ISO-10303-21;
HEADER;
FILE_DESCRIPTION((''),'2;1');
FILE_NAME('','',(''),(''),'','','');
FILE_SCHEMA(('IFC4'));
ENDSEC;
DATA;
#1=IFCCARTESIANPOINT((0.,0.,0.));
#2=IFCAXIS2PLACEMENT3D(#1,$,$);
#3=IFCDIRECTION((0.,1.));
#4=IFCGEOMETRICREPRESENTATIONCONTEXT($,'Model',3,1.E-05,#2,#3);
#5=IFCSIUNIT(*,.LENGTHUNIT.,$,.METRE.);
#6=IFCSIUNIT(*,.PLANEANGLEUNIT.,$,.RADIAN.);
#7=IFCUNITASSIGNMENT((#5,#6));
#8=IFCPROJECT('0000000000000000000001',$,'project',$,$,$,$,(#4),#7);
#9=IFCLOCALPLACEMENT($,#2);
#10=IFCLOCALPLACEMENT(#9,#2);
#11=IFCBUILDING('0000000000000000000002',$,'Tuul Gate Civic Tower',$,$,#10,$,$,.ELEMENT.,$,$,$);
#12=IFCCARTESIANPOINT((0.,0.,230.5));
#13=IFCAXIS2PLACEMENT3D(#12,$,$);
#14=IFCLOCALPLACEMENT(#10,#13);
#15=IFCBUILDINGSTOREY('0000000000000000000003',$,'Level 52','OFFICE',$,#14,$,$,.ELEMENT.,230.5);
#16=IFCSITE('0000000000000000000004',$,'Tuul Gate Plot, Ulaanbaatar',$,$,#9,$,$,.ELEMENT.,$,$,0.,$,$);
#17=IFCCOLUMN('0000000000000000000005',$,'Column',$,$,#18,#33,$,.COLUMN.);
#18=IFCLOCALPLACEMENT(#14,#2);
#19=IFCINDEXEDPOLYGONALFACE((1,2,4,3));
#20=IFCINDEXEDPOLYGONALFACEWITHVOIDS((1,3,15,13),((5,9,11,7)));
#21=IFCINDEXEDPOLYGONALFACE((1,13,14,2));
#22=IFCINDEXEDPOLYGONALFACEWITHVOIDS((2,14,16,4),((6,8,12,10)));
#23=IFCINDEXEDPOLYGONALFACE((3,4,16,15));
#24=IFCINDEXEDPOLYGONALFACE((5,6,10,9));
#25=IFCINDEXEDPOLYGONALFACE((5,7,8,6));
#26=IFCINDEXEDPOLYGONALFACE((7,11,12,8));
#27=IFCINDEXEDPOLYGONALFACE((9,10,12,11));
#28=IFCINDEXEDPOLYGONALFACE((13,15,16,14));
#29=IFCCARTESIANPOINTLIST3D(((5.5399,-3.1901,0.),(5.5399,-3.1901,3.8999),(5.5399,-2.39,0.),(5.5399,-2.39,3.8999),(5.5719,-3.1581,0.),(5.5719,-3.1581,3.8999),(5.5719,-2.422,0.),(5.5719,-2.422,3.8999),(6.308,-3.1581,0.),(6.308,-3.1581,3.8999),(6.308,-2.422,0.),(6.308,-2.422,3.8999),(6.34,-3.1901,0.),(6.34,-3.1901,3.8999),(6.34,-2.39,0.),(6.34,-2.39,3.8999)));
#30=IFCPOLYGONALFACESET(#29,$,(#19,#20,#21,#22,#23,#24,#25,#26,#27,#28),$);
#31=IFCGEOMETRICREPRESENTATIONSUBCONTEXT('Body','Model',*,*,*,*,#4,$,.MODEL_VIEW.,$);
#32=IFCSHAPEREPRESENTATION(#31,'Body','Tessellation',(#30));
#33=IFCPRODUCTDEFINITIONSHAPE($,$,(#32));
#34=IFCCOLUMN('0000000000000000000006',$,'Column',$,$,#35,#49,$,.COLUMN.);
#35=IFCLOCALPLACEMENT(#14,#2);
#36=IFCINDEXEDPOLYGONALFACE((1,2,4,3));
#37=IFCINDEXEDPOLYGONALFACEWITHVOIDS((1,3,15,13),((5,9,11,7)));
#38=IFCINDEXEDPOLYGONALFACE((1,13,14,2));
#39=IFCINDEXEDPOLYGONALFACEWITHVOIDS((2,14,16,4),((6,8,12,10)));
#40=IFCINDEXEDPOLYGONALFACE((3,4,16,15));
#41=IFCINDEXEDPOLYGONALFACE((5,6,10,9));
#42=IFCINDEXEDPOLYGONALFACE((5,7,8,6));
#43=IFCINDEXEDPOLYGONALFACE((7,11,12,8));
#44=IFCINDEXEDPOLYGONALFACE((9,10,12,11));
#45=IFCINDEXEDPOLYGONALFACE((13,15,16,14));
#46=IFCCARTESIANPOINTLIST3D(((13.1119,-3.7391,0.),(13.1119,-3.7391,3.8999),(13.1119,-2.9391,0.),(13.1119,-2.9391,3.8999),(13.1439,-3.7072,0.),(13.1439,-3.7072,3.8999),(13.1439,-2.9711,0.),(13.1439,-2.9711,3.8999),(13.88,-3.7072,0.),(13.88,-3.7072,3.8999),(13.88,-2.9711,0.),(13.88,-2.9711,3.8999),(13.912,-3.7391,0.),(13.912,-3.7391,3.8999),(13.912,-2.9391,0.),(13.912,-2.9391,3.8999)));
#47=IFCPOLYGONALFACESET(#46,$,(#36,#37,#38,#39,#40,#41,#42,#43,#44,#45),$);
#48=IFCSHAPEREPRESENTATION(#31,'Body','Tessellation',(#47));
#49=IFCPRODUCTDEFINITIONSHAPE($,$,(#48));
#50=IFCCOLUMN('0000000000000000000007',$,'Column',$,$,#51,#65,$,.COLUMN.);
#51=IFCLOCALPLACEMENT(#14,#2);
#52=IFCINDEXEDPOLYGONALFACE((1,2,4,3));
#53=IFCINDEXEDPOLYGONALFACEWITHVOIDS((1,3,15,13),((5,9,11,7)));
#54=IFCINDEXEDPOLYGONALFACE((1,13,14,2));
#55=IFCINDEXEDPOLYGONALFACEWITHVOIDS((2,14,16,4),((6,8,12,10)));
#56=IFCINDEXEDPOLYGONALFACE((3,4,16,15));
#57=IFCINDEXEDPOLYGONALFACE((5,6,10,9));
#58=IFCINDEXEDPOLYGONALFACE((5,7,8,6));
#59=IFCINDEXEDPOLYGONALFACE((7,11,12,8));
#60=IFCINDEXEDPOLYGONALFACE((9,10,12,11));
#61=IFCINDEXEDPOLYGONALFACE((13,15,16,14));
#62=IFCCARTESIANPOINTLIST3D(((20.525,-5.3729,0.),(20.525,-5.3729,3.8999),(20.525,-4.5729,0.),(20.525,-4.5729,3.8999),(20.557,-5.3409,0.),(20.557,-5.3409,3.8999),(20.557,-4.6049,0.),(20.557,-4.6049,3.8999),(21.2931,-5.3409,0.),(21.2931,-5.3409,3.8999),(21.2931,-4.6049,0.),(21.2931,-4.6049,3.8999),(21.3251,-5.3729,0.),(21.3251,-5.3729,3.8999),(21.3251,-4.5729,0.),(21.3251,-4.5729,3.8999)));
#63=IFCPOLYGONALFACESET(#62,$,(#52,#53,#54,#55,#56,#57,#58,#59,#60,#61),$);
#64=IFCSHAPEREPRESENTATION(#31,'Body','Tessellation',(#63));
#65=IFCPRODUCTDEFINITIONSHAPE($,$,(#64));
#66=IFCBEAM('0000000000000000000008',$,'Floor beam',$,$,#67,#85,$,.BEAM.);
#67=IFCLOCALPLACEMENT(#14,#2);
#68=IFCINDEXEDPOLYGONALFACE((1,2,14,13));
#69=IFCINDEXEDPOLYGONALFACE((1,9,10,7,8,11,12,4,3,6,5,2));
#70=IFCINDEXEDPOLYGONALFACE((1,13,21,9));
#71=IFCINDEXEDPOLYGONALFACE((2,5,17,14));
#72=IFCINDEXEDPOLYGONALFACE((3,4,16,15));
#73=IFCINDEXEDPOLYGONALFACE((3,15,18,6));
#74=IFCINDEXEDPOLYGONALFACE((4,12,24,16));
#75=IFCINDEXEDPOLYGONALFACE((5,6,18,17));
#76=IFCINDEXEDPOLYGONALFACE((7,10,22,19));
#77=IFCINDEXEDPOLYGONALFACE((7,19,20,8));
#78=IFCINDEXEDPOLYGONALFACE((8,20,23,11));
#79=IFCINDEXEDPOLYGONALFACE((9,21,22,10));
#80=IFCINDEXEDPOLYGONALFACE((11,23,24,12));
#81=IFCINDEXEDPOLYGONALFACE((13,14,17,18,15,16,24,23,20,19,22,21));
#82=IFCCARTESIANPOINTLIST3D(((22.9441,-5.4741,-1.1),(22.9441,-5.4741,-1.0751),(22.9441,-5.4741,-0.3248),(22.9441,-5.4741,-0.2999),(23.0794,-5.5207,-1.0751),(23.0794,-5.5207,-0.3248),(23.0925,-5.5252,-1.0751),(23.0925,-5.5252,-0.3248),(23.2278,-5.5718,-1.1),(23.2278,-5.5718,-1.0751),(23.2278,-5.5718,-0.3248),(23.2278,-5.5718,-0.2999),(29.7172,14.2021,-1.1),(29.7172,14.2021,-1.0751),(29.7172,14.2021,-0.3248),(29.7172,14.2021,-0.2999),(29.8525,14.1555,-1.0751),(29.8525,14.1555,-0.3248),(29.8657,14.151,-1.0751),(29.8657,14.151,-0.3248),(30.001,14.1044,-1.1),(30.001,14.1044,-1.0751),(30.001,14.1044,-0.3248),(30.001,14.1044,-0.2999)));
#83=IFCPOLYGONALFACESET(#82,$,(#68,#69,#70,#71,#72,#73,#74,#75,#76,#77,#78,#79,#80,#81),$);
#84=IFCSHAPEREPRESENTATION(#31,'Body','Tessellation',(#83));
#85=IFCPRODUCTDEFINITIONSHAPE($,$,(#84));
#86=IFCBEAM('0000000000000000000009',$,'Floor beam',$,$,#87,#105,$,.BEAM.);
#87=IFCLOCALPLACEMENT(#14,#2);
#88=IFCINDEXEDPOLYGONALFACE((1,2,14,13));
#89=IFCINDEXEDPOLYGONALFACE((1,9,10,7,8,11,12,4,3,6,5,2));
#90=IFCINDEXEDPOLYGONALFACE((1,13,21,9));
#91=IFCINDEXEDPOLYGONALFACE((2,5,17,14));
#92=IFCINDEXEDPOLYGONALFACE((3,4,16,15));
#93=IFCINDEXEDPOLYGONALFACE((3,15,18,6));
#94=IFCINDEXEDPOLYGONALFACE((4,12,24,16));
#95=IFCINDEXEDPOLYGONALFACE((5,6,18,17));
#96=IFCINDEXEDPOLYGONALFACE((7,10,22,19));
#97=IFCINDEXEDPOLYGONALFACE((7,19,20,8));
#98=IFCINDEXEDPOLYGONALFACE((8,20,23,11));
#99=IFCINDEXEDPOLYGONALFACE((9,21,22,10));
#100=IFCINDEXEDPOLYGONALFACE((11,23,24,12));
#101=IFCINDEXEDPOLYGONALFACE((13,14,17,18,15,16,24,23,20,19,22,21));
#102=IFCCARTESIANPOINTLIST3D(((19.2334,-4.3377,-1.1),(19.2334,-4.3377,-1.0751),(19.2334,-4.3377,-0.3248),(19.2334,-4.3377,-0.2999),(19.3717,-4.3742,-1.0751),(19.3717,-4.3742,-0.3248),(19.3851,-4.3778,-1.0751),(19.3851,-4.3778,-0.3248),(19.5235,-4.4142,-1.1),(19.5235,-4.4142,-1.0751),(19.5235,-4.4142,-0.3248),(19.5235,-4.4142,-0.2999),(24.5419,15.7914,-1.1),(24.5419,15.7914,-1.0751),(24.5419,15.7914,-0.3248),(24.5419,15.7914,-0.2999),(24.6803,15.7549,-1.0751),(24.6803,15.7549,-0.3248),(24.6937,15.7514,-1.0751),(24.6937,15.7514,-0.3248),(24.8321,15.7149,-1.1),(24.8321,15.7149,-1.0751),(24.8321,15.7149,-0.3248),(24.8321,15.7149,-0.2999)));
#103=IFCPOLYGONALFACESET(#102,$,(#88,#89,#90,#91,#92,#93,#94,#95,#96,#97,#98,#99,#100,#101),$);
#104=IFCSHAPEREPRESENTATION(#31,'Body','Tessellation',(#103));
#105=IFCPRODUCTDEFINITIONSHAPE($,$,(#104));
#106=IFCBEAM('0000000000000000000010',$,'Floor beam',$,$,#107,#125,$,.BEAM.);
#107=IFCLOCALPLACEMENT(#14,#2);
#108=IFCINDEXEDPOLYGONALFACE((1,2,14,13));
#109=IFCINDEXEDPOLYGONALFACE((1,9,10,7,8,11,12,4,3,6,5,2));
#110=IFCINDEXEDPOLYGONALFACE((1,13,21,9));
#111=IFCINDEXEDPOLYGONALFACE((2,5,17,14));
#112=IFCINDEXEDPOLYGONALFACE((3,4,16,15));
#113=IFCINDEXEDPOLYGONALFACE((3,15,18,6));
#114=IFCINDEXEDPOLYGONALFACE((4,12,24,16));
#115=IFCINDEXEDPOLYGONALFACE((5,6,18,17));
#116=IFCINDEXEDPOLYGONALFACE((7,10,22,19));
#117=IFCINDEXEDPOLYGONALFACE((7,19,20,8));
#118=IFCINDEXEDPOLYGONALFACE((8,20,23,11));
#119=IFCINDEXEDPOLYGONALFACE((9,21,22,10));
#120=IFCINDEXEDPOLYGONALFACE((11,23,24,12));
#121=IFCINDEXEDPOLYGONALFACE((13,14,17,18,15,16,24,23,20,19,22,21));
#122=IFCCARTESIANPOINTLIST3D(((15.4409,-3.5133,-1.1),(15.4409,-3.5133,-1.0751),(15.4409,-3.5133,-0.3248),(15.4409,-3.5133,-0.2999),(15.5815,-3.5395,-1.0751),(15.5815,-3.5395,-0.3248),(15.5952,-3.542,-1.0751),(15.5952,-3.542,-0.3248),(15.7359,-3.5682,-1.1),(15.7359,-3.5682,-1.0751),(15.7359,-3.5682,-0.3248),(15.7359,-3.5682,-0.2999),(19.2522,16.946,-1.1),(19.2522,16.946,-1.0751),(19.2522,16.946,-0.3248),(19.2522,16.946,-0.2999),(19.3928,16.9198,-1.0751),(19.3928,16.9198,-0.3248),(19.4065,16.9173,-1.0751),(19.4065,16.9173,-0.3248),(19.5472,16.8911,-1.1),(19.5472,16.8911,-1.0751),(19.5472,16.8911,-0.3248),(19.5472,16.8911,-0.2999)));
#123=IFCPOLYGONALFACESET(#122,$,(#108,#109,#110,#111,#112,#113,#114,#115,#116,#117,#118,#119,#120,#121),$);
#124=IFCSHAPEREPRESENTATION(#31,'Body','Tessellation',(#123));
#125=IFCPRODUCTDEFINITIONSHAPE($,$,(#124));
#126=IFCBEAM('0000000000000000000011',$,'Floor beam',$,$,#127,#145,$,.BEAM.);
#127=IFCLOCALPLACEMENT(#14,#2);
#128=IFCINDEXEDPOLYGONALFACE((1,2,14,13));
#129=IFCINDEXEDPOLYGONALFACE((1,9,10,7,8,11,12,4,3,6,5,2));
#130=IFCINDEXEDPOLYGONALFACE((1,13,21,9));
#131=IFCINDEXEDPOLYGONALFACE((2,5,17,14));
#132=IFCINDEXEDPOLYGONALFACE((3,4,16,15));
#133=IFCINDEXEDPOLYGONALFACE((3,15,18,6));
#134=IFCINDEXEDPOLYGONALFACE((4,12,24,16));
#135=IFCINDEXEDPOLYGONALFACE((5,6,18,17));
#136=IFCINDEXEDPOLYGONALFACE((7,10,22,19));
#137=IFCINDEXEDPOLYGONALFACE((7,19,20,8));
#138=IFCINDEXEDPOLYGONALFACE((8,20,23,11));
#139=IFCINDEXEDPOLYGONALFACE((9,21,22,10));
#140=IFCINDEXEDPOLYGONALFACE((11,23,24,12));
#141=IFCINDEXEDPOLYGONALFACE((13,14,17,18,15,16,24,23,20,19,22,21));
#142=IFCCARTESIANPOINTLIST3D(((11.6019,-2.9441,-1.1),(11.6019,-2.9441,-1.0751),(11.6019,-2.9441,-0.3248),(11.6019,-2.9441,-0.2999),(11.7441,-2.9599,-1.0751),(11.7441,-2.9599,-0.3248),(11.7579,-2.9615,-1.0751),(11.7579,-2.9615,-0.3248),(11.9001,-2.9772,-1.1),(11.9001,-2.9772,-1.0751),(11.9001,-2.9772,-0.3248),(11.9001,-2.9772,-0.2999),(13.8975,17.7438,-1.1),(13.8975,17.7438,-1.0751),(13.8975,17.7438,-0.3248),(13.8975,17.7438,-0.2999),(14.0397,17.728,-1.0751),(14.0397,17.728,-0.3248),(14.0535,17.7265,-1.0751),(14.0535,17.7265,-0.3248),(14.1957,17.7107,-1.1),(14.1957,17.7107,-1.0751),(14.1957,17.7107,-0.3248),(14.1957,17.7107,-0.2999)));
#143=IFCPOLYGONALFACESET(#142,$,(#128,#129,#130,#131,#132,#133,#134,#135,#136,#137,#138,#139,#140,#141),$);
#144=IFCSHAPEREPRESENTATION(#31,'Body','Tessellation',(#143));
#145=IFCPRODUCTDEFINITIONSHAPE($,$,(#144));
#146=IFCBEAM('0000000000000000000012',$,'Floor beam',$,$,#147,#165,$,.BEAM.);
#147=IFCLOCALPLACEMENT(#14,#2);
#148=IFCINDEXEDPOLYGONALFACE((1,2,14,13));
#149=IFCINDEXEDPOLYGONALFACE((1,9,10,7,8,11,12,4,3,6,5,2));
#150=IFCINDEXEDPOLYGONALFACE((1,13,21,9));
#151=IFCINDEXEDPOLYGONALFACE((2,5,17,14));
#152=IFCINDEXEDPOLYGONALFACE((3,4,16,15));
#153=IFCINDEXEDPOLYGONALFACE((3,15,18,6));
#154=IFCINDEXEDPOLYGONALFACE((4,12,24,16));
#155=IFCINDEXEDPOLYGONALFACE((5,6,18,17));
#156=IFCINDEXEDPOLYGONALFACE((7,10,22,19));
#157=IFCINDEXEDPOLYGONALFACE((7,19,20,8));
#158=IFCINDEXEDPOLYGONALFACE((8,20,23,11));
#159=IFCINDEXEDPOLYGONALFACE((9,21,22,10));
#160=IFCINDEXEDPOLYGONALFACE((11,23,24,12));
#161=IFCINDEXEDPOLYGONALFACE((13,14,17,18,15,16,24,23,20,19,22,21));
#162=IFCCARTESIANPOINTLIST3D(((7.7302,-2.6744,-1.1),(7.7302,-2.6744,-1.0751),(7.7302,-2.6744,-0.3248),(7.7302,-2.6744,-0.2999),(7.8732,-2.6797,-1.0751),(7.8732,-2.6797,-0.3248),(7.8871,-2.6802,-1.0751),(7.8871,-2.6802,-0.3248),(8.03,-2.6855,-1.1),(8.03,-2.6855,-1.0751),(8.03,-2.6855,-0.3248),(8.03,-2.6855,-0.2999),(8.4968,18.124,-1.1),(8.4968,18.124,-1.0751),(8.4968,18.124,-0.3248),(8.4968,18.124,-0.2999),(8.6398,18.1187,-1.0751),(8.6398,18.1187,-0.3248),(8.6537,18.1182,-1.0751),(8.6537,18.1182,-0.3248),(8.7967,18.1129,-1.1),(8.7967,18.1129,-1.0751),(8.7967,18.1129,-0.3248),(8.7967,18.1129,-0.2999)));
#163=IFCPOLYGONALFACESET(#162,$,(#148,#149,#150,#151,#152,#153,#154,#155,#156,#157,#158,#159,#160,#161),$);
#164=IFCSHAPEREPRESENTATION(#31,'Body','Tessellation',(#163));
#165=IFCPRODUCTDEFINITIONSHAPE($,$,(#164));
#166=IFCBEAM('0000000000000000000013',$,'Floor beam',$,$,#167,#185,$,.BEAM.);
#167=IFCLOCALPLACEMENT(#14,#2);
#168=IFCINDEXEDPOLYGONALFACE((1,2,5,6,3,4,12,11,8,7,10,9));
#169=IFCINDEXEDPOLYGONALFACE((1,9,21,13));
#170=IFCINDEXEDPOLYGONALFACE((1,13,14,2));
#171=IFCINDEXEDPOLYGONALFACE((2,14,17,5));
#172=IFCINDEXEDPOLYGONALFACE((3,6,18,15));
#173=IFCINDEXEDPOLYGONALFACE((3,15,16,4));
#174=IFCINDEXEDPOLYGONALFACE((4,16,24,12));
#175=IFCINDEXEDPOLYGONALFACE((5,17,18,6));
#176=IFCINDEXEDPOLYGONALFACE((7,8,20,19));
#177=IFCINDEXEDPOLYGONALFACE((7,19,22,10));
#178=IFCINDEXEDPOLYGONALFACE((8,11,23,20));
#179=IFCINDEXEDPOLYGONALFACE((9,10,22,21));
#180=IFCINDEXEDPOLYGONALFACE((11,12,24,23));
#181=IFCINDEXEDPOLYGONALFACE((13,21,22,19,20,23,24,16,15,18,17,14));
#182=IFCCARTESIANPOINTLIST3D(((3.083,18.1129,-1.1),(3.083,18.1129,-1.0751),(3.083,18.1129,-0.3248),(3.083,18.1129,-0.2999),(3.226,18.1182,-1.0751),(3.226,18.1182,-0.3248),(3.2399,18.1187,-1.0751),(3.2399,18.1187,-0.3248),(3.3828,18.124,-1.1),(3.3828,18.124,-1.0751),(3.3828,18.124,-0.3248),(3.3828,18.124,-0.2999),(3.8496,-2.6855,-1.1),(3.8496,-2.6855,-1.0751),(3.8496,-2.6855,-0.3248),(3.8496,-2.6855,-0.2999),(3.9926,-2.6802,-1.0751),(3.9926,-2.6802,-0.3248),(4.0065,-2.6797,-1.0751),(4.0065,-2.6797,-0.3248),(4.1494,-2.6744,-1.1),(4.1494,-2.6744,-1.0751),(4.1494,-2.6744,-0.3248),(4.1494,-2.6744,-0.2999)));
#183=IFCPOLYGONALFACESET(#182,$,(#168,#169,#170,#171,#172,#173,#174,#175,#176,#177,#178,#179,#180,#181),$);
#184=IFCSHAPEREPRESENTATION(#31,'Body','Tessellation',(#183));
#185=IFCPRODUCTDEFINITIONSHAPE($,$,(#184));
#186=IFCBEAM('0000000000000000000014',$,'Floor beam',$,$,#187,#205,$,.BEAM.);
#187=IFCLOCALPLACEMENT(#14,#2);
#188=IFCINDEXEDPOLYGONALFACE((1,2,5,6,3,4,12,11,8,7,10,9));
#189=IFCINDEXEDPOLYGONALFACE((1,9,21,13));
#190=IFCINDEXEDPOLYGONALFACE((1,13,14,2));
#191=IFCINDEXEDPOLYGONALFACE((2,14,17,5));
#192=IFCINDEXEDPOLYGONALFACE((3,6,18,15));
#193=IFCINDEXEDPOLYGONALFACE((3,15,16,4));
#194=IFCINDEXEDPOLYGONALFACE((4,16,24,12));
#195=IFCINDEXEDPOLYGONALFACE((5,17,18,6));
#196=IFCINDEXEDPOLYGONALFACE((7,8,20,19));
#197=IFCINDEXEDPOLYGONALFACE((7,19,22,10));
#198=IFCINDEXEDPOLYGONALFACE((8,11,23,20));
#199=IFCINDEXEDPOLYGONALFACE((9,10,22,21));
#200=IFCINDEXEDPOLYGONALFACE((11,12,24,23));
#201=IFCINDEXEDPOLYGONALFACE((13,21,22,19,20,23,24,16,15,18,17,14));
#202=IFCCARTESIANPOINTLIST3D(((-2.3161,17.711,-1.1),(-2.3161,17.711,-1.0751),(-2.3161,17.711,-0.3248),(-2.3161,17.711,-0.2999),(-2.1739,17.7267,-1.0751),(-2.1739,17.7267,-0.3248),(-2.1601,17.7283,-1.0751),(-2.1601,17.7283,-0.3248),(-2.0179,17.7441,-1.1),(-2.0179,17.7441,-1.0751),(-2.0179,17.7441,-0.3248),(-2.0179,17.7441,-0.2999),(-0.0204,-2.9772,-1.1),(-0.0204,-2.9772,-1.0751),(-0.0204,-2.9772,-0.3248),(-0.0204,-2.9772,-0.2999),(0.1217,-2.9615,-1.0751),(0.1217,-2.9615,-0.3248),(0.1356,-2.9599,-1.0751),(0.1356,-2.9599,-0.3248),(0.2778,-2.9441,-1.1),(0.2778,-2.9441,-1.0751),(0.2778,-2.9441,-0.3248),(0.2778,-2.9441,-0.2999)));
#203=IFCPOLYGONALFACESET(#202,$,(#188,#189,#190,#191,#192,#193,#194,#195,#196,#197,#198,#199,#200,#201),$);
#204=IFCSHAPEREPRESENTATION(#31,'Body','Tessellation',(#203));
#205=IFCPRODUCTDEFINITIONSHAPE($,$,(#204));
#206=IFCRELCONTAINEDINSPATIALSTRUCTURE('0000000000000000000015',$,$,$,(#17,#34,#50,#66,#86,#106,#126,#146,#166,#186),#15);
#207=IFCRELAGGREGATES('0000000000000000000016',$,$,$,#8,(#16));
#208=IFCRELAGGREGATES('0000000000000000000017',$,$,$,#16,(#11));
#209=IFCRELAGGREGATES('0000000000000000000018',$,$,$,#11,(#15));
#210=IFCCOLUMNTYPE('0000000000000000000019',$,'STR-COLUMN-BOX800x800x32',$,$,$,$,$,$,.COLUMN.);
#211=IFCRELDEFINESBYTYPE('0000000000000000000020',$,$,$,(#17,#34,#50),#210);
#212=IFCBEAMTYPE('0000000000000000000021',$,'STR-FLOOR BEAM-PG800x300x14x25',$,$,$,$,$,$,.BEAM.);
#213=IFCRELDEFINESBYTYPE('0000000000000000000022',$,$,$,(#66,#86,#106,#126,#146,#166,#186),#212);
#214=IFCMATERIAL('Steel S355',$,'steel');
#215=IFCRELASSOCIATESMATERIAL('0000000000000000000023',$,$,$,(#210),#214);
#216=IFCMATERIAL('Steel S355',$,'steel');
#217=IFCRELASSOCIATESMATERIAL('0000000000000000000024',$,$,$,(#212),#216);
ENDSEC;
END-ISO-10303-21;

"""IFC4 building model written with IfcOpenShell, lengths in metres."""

from ifc_helpers import new_model, si_unit, direction, frame, origin, origin_2d, place, context, subcontext, project, spatial, hollow_rectangle, i_section, extrude, material, material_profile, profile_set, type_object, element, save


model = new_model("IFC4")

# Units and contexts
model_context = context("Model", 3, precision=1e-05, world=origin(), true_north=direction((0.0, 1.0)))
body_context = subcontext(model_context, "Body", "Model", "MODEL_VIEW")
ifc_project = project(units=[si_unit("LENGTHUNIT", "METRE"), si_unit("PLANEANGLEUNIT", "RADIAN")], contexts=[model_context])

# Site, building, storey
site_placement = place(None, origin())
site = spatial("IfcSite", under=ifc_project, at=site_placement, Name="Tuul Gate Plot, Ulaanbaatar", CompositionType="ELEMENT", RefElevation=0.0)
building_placement = place(site_placement, origin())
building = spatial("IfcBuilding", under=site, at=building_placement, Name="Tuul Gate Civic Tower", CompositionType="ELEMENT")
storey_placement = place(building_placement, frame((0.0, 0.0, 230.5)))
storey = spatial("IfcBuildingStorey", under=building, at=storey_placement, Name="Level 52", Description="OFFICE", CompositionType="ELEMENT", Elevation=230.5)

# Columns
ifc_material_1 = material(Name="Steel S355", Category="steel")
ifc_material_profile_1 = material_profile(ifc_material_1, hollow_rectangle(XDim=0.8, YDim=0.8, WallThickness=0.032, at=origin_2d()), Name="BOX800x800x32")
ifc_profile_set_1 = profile_set([ifc_material_profile_1], Name="Steel S355")
column_type = type_object("IfcColumnType", Name="STR-COLUMN-BOX800x800x32", PredefinedType="COLUMN", material=ifc_profile_set_1)
for number, where, z_axis, x_axis, name in (
    (1, (5.9399, -2.79, 0.0), (0.0, 0.0, 1.0), (1.0, 0.0, 0.0), "Column"),
    (2, (13.512, -3.3391, 0.0), (0.0, 0.0, 1.0), (1.0, 0.0, 0.0), "Column"),
    (3, (20.925, -4.9729, 0.0), (0.0, 0.0, 1.0), (1.0, 0.0, 0.0), "Column"),
):
    element("IfcColumn", number, at=place(storey_placement, frame(where, z_axis=z_axis, x_axis=x_axis)), inside=storey, type_object=column_type, Name=name, PredefinedType="COLUMN", context=body_context, shape_type="SweptSolid", body=[
        extrude(hollow_rectangle(XDim=0.8, YDim=0.8, WallThickness=0.032, at=origin_2d()), origin(), (0.0, 0.0, 1.0), 3.8999),
    ])

# Beams
ifc_material_2 = material(Name="Steel S355", Category="steel")
ifc_material_profile_2 = material_profile(ifc_material_2, i_section(OverallWidth=0.3, OverallDepth=0.8, WebThickness=0.0139, FlangeThickness=0.0249, at=origin_2d()), Name="PG800x300x14x25")
ifc_profile_set_2 = profile_set([ifc_material_profile_2], Name="Steel S355")
beam_type_1 = type_object("IfcBeamType", Name="STR-FLOOR BEAM-PG800x300x14x25", PredefinedType="BEAM", material=ifc_profile_set_2)
beam_1_placement = place(storey_placement, frame((23.0859, -5.5229, -0.7), z_axis=(0.325487, 0.945547, 0.0), x_axis=(-0.945547, 0.325487, 0.0)))
element("IfcBeam", 4, at=beam_1_placement, inside=storey, type_object=beam_type_1, Name="Floor beam", PredefinedType="BEAM", context=body_context, shape_type="SweptSolid", body=[
    extrude(i_section(OverallWidth=0.3, OverallDepth=0.8, WebThickness=0.0139, FlangeThickness=0.0249, at=origin_2d()), origin(), (0.0, 0.0, 1.0), 20.8093),
])
beam_2_placement = place(storey_placement, frame((19.3784, -4.376, -0.7), z_axis=(0.255008, 0.966939, 0.0), x_axis=(-0.966939, 0.255008, 0.0)))
element("IfcBeam", 5, at=beam_2_placement, inside=storey, type_object=beam_type_1, Name="Floor beam", PredefinedType="BEAM", context=body_context, shape_type="SweptSolid", body=[
    extrude(i_section(OverallWidth=0.3, OverallDepth=0.8, WebThickness=0.0139, FlangeThickness=0.0249, at=origin_2d()), origin(), (0.0, 0.0, 1.0), 20.8174),
])
beam_3_placement = place(storey_placement, frame((15.5884, -3.5408, -0.7), z_axis=(0.183136, 0.983088, 0.0), x_axis=(-0.983088, 0.183136, 0.0)))
element("IfcBeam", 6, at=beam_3_placement, inside=storey, type_object=beam_type_1, Name="Floor beam", PredefinedType="BEAM", context=body_context, shape_type="SweptSolid", body=[
    extrude(i_section(OverallWidth=0.3, OverallDepth=0.8, WebThickness=0.0139, FlangeThickness=0.0249, at=origin_2d()), origin(), (0.0, 0.0, 1.0), 20.8113),
])
beam_4_placement = place(storey_placement, frame((11.751, -2.9607, -0.7), z_axis=(0.110289, 0.9939, 0.0), x_axis=(-0.9939, 0.110289, 0.0)))
element("IfcBeam", 7, at=beam_4_placement, inside=storey, type_object=beam_type_1, Name="Floor beam", PredefinedType="BEAM", context=body_context, shape_type="SweptSolid", body=[
    extrude(i_section(OverallWidth=0.3, OverallDepth=0.8, WebThickness=0.0139, FlangeThickness=0.0249, at=origin_2d()), origin(), (0.0, 0.0, 1.0), 20.8149),
])
for number, where, z_axis, x_axis, name in (
    (8, (7.8801, -2.6799, -0.7), (0.036834, 0.999321, 0.0), (-0.999321, 0.036834, 0.0), "Floor beam"),
    (9, (3.9995, -2.6799, -0.7), (-0.036834, 0.999321, 0.0), (-0.999321, -0.036834, 0.0), "Floor beam"),
):
    element("IfcBeam", number, at=place(storey_placement, frame(where, z_axis=z_axis, x_axis=x_axis)), inside=storey, type_object=beam_type_1, Name=name, PredefinedType="BEAM", context=body_context, shape_type="SweptSolid", body=[
        extrude(i_section(OverallWidth=0.3, OverallDepth=0.8, WebThickness=0.0139, FlangeThickness=0.0249, at=origin_2d()), origin(), (0.0, 0.0, 1.0), 20.8125),
    ])
beam_5_placement = place(storey_placement, frame((0.1287, -2.9607, -0.7), z_axis=(-0.110287, 0.9939, 0.0), x_axis=(-0.9939, -0.110287, 0.0)))
element("IfcBeam", 10, at=beam_5_placement, inside=storey, type_object=beam_type_1, Name="Floor beam", PredefinedType="BEAM", context=body_context, shape_type="SweptSolid", body=[
    extrude(i_section(OverallWidth=0.3, OverallDepth=0.8, WebThickness=0.0139, FlangeThickness=0.0249, at=origin_2d()), origin(), (0.0, 0.0, 1.0), 20.8152),
])

save(model, "model.ifc")
